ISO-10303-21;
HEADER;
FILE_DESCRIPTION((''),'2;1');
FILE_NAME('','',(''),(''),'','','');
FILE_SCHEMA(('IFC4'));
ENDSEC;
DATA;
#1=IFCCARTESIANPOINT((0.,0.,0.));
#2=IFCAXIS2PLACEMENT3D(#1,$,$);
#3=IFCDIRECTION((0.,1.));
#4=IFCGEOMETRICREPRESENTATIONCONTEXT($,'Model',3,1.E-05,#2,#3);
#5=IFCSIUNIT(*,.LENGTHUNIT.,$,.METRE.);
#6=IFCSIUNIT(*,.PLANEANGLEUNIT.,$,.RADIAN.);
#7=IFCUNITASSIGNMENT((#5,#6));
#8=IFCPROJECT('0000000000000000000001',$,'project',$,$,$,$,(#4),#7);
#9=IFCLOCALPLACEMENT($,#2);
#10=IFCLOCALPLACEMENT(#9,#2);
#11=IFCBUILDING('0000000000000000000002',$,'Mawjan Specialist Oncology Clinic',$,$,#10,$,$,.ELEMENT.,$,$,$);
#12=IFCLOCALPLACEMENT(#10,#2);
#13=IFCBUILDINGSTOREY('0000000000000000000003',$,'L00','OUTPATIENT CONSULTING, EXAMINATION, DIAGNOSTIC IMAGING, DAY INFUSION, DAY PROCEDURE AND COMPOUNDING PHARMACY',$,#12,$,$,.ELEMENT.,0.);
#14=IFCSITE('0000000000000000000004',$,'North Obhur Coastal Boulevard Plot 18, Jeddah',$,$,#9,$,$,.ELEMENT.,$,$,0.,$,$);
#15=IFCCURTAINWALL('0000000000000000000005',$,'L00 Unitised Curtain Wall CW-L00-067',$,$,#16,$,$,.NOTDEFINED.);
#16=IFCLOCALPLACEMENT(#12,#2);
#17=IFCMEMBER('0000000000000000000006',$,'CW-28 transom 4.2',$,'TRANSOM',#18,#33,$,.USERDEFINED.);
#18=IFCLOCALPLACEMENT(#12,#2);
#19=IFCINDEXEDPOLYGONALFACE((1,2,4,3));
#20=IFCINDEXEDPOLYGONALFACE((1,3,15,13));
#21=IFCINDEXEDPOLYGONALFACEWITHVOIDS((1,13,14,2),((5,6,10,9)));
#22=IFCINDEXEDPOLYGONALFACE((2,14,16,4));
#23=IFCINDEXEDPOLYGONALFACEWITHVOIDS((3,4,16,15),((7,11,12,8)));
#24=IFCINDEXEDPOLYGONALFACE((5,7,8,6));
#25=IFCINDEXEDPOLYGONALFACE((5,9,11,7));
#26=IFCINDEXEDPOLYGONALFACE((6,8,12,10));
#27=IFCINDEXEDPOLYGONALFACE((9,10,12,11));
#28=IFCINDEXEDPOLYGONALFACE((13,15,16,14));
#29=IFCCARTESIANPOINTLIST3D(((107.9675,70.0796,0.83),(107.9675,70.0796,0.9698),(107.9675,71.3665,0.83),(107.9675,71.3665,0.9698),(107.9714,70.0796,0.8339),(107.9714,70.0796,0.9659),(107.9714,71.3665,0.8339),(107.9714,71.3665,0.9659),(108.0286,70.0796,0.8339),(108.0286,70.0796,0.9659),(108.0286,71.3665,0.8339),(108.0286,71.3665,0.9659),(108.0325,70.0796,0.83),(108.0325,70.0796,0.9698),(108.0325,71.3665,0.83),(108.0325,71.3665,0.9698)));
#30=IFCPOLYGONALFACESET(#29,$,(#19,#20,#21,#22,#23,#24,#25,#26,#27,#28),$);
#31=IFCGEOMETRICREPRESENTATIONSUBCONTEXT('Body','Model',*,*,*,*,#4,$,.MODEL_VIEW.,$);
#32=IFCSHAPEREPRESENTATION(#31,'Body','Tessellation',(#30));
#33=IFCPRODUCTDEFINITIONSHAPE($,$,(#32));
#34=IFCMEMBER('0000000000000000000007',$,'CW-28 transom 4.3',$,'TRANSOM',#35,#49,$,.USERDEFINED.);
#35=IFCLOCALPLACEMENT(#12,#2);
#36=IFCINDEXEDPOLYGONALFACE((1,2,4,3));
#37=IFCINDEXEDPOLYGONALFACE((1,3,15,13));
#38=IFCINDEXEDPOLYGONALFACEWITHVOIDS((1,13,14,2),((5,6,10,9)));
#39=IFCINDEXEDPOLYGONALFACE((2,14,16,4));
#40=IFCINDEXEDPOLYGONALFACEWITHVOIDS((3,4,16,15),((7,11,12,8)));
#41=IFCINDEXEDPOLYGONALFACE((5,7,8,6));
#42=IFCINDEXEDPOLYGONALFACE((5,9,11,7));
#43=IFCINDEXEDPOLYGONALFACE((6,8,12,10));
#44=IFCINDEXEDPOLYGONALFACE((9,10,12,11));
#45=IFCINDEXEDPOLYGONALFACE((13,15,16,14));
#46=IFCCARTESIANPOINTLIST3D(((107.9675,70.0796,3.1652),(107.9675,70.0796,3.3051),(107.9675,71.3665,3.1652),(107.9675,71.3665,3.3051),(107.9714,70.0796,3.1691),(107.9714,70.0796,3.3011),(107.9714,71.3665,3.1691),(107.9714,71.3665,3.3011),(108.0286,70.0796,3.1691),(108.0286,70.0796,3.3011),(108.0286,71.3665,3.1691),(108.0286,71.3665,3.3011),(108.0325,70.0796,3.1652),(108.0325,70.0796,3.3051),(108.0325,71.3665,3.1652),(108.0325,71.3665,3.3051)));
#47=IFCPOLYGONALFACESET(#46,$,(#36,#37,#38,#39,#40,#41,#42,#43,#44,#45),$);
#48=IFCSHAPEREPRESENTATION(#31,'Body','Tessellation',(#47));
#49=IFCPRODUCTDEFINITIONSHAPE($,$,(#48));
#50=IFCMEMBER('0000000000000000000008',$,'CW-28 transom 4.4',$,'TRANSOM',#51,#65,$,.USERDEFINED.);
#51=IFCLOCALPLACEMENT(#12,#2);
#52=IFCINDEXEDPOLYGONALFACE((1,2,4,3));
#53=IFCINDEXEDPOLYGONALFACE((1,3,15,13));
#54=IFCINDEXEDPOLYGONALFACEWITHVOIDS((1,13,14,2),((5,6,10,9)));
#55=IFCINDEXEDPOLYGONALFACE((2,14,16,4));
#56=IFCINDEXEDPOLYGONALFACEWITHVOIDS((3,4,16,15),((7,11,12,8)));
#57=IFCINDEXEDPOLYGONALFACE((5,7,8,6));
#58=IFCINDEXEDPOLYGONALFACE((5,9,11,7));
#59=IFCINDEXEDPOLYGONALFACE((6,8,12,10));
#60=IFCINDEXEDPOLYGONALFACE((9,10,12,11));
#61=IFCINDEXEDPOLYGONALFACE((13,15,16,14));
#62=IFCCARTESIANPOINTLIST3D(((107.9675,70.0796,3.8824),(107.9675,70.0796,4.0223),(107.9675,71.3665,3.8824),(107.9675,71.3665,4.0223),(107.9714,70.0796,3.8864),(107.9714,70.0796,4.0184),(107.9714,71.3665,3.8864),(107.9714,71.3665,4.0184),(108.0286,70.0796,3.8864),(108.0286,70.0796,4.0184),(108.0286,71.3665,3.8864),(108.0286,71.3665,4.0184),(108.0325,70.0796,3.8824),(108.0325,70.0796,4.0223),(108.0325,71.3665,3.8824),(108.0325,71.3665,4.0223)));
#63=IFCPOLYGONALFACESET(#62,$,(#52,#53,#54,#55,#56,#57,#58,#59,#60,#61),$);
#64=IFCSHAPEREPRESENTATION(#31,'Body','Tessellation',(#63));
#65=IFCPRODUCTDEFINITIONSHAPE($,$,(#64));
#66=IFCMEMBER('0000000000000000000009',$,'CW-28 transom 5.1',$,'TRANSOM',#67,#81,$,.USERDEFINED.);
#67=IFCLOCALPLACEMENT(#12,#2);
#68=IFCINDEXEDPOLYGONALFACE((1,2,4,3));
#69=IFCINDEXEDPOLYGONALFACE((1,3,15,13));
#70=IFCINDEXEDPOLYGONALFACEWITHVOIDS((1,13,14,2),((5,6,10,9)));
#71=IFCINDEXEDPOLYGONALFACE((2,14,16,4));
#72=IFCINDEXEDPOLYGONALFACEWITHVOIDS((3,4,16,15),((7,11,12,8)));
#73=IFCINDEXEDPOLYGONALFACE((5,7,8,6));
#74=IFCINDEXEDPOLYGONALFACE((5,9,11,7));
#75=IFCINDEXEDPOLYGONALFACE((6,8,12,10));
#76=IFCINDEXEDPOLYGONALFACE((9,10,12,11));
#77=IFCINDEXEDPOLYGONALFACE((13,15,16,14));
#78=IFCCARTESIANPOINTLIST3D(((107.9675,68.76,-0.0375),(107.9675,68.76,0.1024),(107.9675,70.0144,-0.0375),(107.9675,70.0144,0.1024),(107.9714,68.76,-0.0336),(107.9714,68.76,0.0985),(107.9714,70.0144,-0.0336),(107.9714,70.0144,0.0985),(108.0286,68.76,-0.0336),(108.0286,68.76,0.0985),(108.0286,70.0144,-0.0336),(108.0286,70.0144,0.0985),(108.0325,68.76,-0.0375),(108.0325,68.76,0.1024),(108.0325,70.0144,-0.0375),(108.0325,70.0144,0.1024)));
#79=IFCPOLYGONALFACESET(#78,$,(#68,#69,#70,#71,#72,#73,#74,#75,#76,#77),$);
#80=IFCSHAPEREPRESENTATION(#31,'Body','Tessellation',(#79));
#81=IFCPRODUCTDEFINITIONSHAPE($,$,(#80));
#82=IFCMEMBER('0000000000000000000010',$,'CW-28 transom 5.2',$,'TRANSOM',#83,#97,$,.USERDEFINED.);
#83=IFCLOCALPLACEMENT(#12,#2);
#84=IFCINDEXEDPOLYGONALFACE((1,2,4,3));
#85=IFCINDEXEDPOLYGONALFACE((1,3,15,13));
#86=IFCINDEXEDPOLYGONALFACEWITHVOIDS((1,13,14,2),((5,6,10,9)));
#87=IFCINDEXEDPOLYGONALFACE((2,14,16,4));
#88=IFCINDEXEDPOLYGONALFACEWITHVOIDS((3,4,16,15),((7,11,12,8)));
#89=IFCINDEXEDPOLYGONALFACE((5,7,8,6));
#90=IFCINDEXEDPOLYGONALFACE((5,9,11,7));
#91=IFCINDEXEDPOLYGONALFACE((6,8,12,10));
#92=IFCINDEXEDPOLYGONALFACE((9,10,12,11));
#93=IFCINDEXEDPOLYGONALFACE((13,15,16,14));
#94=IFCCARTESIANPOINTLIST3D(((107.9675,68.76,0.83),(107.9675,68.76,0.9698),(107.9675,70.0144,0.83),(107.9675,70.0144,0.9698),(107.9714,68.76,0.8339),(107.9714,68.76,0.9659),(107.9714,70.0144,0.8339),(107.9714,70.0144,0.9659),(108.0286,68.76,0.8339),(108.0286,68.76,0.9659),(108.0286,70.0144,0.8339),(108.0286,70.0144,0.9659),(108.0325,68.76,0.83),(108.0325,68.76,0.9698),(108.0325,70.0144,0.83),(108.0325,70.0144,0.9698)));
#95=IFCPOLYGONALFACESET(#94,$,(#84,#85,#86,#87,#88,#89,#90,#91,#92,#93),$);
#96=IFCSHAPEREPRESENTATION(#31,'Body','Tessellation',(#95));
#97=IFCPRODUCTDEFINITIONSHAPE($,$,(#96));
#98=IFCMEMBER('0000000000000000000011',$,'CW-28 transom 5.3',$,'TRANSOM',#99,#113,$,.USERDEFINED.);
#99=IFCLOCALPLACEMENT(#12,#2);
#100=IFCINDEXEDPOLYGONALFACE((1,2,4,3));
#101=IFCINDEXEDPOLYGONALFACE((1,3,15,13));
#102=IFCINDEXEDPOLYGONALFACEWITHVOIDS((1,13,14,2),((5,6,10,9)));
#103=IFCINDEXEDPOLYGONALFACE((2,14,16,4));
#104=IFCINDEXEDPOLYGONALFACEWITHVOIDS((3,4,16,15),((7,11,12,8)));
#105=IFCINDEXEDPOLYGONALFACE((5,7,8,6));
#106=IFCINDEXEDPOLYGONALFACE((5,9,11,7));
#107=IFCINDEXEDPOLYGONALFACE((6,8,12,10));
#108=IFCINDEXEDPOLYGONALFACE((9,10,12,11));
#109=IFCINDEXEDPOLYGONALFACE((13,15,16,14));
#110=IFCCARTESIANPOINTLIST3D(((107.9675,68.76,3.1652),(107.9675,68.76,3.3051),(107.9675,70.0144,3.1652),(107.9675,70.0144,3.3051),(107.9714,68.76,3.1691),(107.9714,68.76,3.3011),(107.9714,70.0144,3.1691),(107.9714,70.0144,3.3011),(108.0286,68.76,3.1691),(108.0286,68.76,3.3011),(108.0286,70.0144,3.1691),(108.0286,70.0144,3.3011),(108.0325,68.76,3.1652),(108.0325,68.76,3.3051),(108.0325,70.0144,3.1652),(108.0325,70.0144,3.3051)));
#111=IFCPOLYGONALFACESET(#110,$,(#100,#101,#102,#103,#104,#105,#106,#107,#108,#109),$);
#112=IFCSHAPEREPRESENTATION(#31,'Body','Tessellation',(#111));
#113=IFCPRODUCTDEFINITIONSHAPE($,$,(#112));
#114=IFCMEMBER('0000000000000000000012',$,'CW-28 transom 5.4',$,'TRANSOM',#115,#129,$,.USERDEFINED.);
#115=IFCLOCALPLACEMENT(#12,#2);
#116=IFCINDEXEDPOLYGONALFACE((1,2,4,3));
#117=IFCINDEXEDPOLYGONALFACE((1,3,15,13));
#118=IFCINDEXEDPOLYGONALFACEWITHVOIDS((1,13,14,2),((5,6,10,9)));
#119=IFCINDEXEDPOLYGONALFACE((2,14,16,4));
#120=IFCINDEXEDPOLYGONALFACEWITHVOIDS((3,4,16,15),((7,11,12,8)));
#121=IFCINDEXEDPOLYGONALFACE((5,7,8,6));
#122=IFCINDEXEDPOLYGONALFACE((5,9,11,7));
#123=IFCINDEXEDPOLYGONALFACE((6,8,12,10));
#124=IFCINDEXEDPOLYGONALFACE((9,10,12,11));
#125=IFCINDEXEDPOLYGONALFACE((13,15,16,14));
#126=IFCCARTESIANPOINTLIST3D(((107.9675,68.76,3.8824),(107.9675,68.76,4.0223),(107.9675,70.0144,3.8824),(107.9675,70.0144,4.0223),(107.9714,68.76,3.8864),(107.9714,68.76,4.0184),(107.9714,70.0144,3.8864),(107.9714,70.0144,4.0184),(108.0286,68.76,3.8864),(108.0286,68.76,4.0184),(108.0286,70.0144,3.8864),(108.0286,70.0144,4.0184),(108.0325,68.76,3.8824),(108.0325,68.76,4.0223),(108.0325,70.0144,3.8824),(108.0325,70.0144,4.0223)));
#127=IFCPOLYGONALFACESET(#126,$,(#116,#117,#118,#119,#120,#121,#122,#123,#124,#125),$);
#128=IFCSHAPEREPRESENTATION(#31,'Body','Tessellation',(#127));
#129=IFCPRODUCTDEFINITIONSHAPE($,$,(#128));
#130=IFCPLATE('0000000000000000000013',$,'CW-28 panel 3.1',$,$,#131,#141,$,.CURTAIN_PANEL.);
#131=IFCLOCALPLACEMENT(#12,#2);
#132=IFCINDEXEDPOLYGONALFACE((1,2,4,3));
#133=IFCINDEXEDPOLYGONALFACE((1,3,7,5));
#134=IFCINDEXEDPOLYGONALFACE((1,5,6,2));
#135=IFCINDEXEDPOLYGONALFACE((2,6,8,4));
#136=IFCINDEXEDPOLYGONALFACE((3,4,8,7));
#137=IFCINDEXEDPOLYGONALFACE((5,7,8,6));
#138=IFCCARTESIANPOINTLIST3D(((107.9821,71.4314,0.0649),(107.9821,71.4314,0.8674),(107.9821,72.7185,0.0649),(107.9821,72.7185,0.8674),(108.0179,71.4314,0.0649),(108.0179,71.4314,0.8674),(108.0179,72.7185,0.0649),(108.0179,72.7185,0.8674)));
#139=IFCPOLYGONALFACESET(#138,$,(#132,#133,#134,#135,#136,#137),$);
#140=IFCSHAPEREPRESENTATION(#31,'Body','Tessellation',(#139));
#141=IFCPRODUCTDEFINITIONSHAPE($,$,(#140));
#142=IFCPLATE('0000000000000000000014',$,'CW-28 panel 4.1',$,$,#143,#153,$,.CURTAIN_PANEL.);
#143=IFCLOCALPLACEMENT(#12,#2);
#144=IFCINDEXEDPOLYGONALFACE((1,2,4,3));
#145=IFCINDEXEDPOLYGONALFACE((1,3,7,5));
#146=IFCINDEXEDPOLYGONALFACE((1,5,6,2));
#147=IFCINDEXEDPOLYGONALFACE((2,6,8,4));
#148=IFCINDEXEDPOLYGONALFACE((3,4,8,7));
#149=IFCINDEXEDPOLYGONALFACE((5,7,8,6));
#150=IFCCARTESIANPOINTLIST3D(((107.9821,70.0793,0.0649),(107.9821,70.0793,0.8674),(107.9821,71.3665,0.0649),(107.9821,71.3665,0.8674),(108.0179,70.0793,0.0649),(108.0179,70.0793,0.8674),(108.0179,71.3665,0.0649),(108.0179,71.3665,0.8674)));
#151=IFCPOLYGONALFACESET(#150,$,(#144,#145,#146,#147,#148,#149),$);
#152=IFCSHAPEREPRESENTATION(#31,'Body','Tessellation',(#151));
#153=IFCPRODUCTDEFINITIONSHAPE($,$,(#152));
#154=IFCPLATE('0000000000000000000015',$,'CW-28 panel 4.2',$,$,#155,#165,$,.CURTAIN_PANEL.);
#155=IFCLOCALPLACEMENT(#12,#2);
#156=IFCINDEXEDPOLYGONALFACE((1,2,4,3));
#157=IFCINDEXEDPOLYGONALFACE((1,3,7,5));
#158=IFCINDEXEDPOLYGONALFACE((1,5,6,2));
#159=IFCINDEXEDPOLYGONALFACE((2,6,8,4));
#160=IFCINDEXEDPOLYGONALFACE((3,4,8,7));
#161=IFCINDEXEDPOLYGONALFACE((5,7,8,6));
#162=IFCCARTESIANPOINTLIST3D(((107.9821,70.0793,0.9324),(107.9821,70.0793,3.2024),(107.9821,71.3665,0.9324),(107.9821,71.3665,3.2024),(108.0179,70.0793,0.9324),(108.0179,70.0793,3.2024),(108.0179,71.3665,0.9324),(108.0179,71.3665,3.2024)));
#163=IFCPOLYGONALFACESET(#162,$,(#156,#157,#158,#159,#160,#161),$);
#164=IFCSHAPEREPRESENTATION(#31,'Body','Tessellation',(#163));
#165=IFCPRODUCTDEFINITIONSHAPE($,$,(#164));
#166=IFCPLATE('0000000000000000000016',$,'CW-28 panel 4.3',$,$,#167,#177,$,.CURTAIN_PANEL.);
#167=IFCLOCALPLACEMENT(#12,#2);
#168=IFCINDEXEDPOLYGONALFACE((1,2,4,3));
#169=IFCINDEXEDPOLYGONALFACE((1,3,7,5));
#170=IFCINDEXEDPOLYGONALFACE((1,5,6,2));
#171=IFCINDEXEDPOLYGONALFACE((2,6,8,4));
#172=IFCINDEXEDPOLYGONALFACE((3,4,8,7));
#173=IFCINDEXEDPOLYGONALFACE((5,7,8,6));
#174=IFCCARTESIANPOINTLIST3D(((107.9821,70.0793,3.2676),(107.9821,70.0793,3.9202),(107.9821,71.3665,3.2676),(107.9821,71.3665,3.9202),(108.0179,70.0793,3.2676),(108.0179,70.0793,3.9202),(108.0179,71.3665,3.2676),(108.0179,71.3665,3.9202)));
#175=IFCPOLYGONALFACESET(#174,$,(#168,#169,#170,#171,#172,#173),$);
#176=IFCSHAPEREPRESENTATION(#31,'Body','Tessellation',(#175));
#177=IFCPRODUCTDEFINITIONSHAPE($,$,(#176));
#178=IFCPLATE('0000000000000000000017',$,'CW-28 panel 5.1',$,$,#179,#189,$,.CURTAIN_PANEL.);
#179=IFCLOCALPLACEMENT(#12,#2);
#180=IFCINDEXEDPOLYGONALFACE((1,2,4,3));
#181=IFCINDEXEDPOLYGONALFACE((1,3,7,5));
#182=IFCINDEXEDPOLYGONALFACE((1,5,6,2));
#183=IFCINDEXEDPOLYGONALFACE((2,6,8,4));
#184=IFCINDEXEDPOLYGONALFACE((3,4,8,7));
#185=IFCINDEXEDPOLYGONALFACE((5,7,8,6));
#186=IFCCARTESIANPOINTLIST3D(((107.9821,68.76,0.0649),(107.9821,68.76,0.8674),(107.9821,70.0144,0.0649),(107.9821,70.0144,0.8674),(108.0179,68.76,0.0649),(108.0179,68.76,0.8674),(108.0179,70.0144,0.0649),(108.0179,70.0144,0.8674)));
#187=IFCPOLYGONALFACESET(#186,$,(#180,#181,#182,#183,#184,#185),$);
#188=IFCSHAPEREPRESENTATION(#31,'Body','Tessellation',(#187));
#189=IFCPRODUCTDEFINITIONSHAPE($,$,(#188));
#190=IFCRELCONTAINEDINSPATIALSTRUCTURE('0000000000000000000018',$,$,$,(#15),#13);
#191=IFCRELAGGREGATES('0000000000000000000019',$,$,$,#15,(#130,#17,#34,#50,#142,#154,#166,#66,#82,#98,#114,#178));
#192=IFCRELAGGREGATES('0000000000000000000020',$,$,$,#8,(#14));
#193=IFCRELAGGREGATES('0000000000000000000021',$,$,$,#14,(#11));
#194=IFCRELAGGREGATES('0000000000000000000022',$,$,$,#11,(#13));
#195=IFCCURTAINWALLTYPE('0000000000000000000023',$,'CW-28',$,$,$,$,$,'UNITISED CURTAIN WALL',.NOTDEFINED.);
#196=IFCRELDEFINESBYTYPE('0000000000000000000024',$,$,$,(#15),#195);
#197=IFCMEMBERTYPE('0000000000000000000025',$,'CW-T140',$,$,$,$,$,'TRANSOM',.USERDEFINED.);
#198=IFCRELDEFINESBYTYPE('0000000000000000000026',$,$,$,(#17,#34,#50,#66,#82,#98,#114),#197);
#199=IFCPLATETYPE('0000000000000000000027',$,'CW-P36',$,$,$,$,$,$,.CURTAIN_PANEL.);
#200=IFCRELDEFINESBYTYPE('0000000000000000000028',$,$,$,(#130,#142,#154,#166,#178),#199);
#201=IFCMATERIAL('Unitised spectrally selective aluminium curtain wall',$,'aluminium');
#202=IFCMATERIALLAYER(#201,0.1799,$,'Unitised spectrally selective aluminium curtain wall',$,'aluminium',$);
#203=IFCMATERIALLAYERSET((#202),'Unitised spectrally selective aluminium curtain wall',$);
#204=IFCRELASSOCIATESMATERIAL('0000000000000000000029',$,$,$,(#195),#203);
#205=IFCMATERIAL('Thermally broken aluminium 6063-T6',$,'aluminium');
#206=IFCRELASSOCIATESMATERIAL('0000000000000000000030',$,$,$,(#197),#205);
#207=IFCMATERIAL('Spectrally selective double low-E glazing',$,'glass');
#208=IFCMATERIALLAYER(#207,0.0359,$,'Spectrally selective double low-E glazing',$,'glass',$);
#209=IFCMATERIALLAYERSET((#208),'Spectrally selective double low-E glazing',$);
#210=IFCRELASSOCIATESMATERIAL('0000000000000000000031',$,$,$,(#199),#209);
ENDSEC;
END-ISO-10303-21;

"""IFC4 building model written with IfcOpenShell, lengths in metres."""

from ifc_helpers import new_model, si_unit, direction, frame, origin, origin_2d, place, context, subcontext, project, spatial, rectangle, hollow_rectangle, extrude, material, layer, layer_set, material_profile, profile_set, type_object, element, aggregate, save


model = new_model("IFC4")

# Units and contexts
model_context = context("Model", 3, precision=1e-05, world=origin(), true_north=direction((0.0, 1.0)))
body_context = subcontext(model_context, "Body", "Model", "MODEL_VIEW")
ifc_project = project(units=[si_unit("LENGTHUNIT", "METRE"), si_unit("PLANEANGLEUNIT", "RADIAN")], contexts=[model_context])

# Site, building, storey
site_placement = place(None, origin())
site = spatial("IfcSite", under=ifc_project, at=site_placement, Name="North Obhur Coastal Boulevard Plot 18, Jeddah", CompositionType="ELEMENT", RefElevation=0.0)
building_placement = place(site_placement, origin())
building = spatial("IfcBuilding", under=site, at=building_placement, Name="Mawjan Specialist Oncology Clinic", CompositionType="ELEMENT")
storey_placement = place(building_placement, origin())
storey = spatial("IfcBuildingStorey", under=building, at=storey_placement, Name="L00", Description="OUTPATIENT CONSULTING, EXAMINATION, DIAGNOSTIC IMAGING, DAY INFUSION, DAY PROCEDURE AND COMPOUNDING PHARMACY", CompositionType="ELEMENT", Elevation=0.0)

# Curtain wall, members, plates
ifc_material_1 = material(Name="Unitised spectrally selective aluminium curtain wall", Category="aluminium")
ifc_layer_1 = layer(ifc_material_1, 0.1799, Name="Unitised spectrally selective aluminium curtain wall", Category="aluminium")
ifc_layer_set_1 = layer_set([ifc_layer_1], Name="Unitised spectrally selective aluminium curtain wall")
curtain_wall_type = type_object("IfcCurtainWallType", Name="CW-28", ElementType="UNITISED CURTAIN WALL", PredefinedType="NOTDEFINED", material=ifc_layer_set_1)
curtain_wall_placement = place(storey_placement, origin())
curtain_wall = element("IfcCurtainWall", 1, at=curtain_wall_placement, inside=storey, type_object=curtain_wall_type, Name="L00 Unitised Curtain Wall CW-L00-067", PredefinedType="NOTDEFINED")
ifc_material_2 = material(Name="Thermally broken aluminium 6063-T6", Category="aluminium")
ifc_material_profile_1 = material_profile(ifc_material_2, hollow_rectangle(XDim=0.0649, YDim=0.1399, WallThickness=0.0039, at=origin_2d()), Name="ALU TRANSOM 140x65x4", Category="aluminium")
ifc_profile_set_1 = profile_set([ifc_material_profile_1], Name="Thermally broken aluminium 6063-T6")
member_type_1 = type_object("IfcMemberType", Name="CW-T140", ElementType="TRANSOM", PredefinedType="USERDEFINED", material=ifc_profile_set_1)
member_1_placement = place(storey_placement, frame((108.0, 71.3665, 0.8999), z_axis=(0.0, -1.0, 0.0), x_axis=(1.0, 0.0, 0.0)))
member_1 = element("IfcMember", 2, at=member_1_placement, type_object=member_type_1, Name="CW-28 transom 4.2", ObjectType="TRANSOM", PredefinedType="USERDEFINED", context=body_context, shape_type="SweptSolid", body=[
    extrude(hollow_rectangle(XDim=0.0649, YDim=0.1399, WallThickness=0.0039, at=origin_2d()), origin(), (0.0, 0.0, 1.0), 1.2869),
])
member_2_placement = place(storey_placement, frame((108.0, 71.3665, 3.2351), z_axis=(0.0, -1.0, 0.0), x_axis=(1.0, 0.0, 0.0)))
member_2 = element("IfcMember", 3, at=member_2_placement, type_object=member_type_1, Name="CW-28 transom 4.3", ObjectType="TRANSOM", PredefinedType="USERDEFINED", context=body_context, shape_type="SweptSolid", body=[
    extrude(hollow_rectangle(XDim=0.0649, YDim=0.1399, WallThickness=0.0039, at=origin_2d()), origin(), (0.0, 0.0, 1.0), 1.2869),
])
member_3_placement = place(storey_placement, frame((108.0, 71.3665, 3.9524), z_axis=(0.0, -1.0, 0.0), x_axis=(1.0, 0.0, 0.0)))
member_3 = element("IfcMember", 4, at=member_3_placement, type_object=member_type_1, Name="CW-28 transom 4.4", ObjectType="TRANSOM", PredefinedType="USERDEFINED", context=body_context, shape_type="SweptSolid", body=[
    extrude(hollow_rectangle(XDim=0.0649, YDim=0.1399, WallThickness=0.0039, at=origin_2d()), origin(), (0.0, 0.0, 1.0), 1.2869),
])
member_4_placement = place(storey_placement, frame((108.0, 70.0144, 0.0325), z_axis=(0.0, -1.0, 0.0), x_axis=(1.0, 0.0, 0.0)))
member_4 = element("IfcMember", 5, at=member_4_placement, type_object=member_type_1, Name="CW-28 transom 5.1", ObjectType="TRANSOM", PredefinedType="USERDEFINED", context=body_context, shape_type="SweptSolid", body=[
    extrude(hollow_rectangle(XDim=0.0649, YDim=0.1399, WallThickness=0.0039, at=origin_2d()), origin(), (0.0, 0.0, 1.0), 1.2544),
])
member_5_placement = place(storey_placement, frame((108.0, 70.0144, 0.8999), z_axis=(0.0, -1.0, 0.0), x_axis=(1.0, 0.0, 0.0)))
member_5 = element("IfcMember", 6, at=member_5_placement, type_object=member_type_1, Name="CW-28 transom 5.2", ObjectType="TRANSOM", PredefinedType="USERDEFINED", context=body_context, shape_type="SweptSolid", body=[
    extrude(hollow_rectangle(XDim=0.0649, YDim=0.1399, WallThickness=0.0039, at=origin_2d()), origin(), (0.0, 0.0, 1.0), 1.2544),
])
member_6_placement = place(storey_placement, frame((108.0, 70.0144, 3.2351), z_axis=(0.0, -1.0, 0.0), x_axis=(1.0, 0.0, 0.0)))
member_6 = element("IfcMember", 7, at=member_6_placement, type_object=member_type_1, Name="CW-28 transom 5.3", ObjectType="TRANSOM", PredefinedType="USERDEFINED", context=body_context, shape_type="SweptSolid", body=[
    extrude(hollow_rectangle(XDim=0.0649, YDim=0.1399, WallThickness=0.0039, at=origin_2d()), origin(), (0.0, 0.0, 1.0), 1.2544),
])
member_7_placement = place(storey_placement, frame((108.0, 70.0144, 3.9524), z_axis=(0.0, -1.0, 0.0), x_axis=(1.0, 0.0, 0.0)))
member_7 = element("IfcMember", 8, at=member_7_placement, type_object=member_type_1, Name="CW-28 transom 5.4", ObjectType="TRANSOM", PredefinedType="USERDEFINED", context=body_context, shape_type="SweptSolid", body=[
    extrude(hollow_rectangle(XDim=0.0649, YDim=0.1399, WallThickness=0.0039, at=origin_2d()), origin(), (0.0, 0.0, 1.0), 1.2544),
])
ifc_material_3 = material(Name="Spectrally selective double low-E glazing", Category="glass")
ifc_layer_2 = layer(ifc_material_3, 0.0359, Name="Spectrally selective double low-E glazing", Category="glass")
ifc_layer_set_2 = layer_set([ifc_layer_2], Name="Spectrally selective double low-E glazing")
plate_type = type_object("IfcPlateType", Name="CW-P36", PredefinedType="CURTAIN_PANEL", material=ifc_layer_set_2)
plate_1_placement = place(storey_placement, frame((108.0, 72.075, 0.0649), z_axis=(0.0, 0.0, 1.0), x_axis=(0.0, -1.0, 0.0)))
plate_1 = element("IfcPlate", 9, at=plate_1_placement, type_object=plate_type, Name="CW-28 panel 3.1", PredefinedType="CURTAIN_PANEL", context=body_context, shape_type="SweptSolid", body=[
    extrude(rectangle(XDim=1.2871, YDim=0.0359, at=origin_2d()), origin(), (0.0, 0.0, 1.0), 0.8025),
])
plate_2_placement = place(storey_placement, frame((108.0, 70.7229, 0.0649), z_axis=(0.0, 0.0, 1.0), x_axis=(0.0, -1.0, 0.0)))
plate_2 = element("IfcPlate", 10, at=plate_2_placement, type_object=plate_type, Name="CW-28 panel 4.1", PredefinedType="CURTAIN_PANEL", context=body_context, shape_type="SweptSolid", body=[
    extrude(rectangle(XDim=1.2871, YDim=0.0359, at=origin_2d()), origin(), (0.0, 0.0, 1.0), 0.8025),
])
plate_3_placement = place(storey_placement, frame((108.0, 70.7229, 0.9324), z_axis=(0.0, 0.0, 1.0), x_axis=(0.0, -1.0, 0.0)))
plate_3 = element("IfcPlate", 11, at=plate_3_placement, type_object=plate_type, Name="CW-28 panel 4.2", PredefinedType="CURTAIN_PANEL", context=body_context, shape_type="SweptSolid", body=[
    extrude(rectangle(XDim=1.2871, YDim=0.0359, at=origin_2d()), origin(), (0.0, 0.0, 1.0), 2.27),
])
plate_4_placement = place(storey_placement, frame((108.0, 70.7229, 3.2676), z_axis=(0.0, 0.0, 1.0), x_axis=(0.0, -1.0, 0.0)))
plate_4 = element("IfcPlate", 12, at=plate_4_placement, type_object=plate_type, Name="CW-28 panel 4.3", PredefinedType="CURTAIN_PANEL", context=body_context, shape_type="SweptSolid", body=[
    extrude(rectangle(XDim=1.2871, YDim=0.0359, at=origin_2d()), origin(), (0.0, 0.0, 1.0), 0.6526),
])
plate_5_placement = place(storey_placement, frame((108.0, 69.3872, 0.0649), z_axis=(0.0, 0.0, 1.0), x_axis=(0.0, -1.0, 0.0)))
plate_5 = element("IfcPlate", 13, at=plate_5_placement, type_object=plate_type, Name="CW-28 panel 5.1", PredefinedType="CURTAIN_PANEL", context=body_context, shape_type="SweptSolid", body=[
    extrude(rectangle(XDim=1.2544, YDim=0.0359, at=origin_2d()), origin(), (0.0, 0.0, 1.0), 0.8025),
])
aggregate(curtain_wall, [plate_1, member_1, member_2, member_3, plate_2, plate_3, plate_4, member_4, member_5, member_6, member_7, plate_5])

save(model, "model.ifc")
